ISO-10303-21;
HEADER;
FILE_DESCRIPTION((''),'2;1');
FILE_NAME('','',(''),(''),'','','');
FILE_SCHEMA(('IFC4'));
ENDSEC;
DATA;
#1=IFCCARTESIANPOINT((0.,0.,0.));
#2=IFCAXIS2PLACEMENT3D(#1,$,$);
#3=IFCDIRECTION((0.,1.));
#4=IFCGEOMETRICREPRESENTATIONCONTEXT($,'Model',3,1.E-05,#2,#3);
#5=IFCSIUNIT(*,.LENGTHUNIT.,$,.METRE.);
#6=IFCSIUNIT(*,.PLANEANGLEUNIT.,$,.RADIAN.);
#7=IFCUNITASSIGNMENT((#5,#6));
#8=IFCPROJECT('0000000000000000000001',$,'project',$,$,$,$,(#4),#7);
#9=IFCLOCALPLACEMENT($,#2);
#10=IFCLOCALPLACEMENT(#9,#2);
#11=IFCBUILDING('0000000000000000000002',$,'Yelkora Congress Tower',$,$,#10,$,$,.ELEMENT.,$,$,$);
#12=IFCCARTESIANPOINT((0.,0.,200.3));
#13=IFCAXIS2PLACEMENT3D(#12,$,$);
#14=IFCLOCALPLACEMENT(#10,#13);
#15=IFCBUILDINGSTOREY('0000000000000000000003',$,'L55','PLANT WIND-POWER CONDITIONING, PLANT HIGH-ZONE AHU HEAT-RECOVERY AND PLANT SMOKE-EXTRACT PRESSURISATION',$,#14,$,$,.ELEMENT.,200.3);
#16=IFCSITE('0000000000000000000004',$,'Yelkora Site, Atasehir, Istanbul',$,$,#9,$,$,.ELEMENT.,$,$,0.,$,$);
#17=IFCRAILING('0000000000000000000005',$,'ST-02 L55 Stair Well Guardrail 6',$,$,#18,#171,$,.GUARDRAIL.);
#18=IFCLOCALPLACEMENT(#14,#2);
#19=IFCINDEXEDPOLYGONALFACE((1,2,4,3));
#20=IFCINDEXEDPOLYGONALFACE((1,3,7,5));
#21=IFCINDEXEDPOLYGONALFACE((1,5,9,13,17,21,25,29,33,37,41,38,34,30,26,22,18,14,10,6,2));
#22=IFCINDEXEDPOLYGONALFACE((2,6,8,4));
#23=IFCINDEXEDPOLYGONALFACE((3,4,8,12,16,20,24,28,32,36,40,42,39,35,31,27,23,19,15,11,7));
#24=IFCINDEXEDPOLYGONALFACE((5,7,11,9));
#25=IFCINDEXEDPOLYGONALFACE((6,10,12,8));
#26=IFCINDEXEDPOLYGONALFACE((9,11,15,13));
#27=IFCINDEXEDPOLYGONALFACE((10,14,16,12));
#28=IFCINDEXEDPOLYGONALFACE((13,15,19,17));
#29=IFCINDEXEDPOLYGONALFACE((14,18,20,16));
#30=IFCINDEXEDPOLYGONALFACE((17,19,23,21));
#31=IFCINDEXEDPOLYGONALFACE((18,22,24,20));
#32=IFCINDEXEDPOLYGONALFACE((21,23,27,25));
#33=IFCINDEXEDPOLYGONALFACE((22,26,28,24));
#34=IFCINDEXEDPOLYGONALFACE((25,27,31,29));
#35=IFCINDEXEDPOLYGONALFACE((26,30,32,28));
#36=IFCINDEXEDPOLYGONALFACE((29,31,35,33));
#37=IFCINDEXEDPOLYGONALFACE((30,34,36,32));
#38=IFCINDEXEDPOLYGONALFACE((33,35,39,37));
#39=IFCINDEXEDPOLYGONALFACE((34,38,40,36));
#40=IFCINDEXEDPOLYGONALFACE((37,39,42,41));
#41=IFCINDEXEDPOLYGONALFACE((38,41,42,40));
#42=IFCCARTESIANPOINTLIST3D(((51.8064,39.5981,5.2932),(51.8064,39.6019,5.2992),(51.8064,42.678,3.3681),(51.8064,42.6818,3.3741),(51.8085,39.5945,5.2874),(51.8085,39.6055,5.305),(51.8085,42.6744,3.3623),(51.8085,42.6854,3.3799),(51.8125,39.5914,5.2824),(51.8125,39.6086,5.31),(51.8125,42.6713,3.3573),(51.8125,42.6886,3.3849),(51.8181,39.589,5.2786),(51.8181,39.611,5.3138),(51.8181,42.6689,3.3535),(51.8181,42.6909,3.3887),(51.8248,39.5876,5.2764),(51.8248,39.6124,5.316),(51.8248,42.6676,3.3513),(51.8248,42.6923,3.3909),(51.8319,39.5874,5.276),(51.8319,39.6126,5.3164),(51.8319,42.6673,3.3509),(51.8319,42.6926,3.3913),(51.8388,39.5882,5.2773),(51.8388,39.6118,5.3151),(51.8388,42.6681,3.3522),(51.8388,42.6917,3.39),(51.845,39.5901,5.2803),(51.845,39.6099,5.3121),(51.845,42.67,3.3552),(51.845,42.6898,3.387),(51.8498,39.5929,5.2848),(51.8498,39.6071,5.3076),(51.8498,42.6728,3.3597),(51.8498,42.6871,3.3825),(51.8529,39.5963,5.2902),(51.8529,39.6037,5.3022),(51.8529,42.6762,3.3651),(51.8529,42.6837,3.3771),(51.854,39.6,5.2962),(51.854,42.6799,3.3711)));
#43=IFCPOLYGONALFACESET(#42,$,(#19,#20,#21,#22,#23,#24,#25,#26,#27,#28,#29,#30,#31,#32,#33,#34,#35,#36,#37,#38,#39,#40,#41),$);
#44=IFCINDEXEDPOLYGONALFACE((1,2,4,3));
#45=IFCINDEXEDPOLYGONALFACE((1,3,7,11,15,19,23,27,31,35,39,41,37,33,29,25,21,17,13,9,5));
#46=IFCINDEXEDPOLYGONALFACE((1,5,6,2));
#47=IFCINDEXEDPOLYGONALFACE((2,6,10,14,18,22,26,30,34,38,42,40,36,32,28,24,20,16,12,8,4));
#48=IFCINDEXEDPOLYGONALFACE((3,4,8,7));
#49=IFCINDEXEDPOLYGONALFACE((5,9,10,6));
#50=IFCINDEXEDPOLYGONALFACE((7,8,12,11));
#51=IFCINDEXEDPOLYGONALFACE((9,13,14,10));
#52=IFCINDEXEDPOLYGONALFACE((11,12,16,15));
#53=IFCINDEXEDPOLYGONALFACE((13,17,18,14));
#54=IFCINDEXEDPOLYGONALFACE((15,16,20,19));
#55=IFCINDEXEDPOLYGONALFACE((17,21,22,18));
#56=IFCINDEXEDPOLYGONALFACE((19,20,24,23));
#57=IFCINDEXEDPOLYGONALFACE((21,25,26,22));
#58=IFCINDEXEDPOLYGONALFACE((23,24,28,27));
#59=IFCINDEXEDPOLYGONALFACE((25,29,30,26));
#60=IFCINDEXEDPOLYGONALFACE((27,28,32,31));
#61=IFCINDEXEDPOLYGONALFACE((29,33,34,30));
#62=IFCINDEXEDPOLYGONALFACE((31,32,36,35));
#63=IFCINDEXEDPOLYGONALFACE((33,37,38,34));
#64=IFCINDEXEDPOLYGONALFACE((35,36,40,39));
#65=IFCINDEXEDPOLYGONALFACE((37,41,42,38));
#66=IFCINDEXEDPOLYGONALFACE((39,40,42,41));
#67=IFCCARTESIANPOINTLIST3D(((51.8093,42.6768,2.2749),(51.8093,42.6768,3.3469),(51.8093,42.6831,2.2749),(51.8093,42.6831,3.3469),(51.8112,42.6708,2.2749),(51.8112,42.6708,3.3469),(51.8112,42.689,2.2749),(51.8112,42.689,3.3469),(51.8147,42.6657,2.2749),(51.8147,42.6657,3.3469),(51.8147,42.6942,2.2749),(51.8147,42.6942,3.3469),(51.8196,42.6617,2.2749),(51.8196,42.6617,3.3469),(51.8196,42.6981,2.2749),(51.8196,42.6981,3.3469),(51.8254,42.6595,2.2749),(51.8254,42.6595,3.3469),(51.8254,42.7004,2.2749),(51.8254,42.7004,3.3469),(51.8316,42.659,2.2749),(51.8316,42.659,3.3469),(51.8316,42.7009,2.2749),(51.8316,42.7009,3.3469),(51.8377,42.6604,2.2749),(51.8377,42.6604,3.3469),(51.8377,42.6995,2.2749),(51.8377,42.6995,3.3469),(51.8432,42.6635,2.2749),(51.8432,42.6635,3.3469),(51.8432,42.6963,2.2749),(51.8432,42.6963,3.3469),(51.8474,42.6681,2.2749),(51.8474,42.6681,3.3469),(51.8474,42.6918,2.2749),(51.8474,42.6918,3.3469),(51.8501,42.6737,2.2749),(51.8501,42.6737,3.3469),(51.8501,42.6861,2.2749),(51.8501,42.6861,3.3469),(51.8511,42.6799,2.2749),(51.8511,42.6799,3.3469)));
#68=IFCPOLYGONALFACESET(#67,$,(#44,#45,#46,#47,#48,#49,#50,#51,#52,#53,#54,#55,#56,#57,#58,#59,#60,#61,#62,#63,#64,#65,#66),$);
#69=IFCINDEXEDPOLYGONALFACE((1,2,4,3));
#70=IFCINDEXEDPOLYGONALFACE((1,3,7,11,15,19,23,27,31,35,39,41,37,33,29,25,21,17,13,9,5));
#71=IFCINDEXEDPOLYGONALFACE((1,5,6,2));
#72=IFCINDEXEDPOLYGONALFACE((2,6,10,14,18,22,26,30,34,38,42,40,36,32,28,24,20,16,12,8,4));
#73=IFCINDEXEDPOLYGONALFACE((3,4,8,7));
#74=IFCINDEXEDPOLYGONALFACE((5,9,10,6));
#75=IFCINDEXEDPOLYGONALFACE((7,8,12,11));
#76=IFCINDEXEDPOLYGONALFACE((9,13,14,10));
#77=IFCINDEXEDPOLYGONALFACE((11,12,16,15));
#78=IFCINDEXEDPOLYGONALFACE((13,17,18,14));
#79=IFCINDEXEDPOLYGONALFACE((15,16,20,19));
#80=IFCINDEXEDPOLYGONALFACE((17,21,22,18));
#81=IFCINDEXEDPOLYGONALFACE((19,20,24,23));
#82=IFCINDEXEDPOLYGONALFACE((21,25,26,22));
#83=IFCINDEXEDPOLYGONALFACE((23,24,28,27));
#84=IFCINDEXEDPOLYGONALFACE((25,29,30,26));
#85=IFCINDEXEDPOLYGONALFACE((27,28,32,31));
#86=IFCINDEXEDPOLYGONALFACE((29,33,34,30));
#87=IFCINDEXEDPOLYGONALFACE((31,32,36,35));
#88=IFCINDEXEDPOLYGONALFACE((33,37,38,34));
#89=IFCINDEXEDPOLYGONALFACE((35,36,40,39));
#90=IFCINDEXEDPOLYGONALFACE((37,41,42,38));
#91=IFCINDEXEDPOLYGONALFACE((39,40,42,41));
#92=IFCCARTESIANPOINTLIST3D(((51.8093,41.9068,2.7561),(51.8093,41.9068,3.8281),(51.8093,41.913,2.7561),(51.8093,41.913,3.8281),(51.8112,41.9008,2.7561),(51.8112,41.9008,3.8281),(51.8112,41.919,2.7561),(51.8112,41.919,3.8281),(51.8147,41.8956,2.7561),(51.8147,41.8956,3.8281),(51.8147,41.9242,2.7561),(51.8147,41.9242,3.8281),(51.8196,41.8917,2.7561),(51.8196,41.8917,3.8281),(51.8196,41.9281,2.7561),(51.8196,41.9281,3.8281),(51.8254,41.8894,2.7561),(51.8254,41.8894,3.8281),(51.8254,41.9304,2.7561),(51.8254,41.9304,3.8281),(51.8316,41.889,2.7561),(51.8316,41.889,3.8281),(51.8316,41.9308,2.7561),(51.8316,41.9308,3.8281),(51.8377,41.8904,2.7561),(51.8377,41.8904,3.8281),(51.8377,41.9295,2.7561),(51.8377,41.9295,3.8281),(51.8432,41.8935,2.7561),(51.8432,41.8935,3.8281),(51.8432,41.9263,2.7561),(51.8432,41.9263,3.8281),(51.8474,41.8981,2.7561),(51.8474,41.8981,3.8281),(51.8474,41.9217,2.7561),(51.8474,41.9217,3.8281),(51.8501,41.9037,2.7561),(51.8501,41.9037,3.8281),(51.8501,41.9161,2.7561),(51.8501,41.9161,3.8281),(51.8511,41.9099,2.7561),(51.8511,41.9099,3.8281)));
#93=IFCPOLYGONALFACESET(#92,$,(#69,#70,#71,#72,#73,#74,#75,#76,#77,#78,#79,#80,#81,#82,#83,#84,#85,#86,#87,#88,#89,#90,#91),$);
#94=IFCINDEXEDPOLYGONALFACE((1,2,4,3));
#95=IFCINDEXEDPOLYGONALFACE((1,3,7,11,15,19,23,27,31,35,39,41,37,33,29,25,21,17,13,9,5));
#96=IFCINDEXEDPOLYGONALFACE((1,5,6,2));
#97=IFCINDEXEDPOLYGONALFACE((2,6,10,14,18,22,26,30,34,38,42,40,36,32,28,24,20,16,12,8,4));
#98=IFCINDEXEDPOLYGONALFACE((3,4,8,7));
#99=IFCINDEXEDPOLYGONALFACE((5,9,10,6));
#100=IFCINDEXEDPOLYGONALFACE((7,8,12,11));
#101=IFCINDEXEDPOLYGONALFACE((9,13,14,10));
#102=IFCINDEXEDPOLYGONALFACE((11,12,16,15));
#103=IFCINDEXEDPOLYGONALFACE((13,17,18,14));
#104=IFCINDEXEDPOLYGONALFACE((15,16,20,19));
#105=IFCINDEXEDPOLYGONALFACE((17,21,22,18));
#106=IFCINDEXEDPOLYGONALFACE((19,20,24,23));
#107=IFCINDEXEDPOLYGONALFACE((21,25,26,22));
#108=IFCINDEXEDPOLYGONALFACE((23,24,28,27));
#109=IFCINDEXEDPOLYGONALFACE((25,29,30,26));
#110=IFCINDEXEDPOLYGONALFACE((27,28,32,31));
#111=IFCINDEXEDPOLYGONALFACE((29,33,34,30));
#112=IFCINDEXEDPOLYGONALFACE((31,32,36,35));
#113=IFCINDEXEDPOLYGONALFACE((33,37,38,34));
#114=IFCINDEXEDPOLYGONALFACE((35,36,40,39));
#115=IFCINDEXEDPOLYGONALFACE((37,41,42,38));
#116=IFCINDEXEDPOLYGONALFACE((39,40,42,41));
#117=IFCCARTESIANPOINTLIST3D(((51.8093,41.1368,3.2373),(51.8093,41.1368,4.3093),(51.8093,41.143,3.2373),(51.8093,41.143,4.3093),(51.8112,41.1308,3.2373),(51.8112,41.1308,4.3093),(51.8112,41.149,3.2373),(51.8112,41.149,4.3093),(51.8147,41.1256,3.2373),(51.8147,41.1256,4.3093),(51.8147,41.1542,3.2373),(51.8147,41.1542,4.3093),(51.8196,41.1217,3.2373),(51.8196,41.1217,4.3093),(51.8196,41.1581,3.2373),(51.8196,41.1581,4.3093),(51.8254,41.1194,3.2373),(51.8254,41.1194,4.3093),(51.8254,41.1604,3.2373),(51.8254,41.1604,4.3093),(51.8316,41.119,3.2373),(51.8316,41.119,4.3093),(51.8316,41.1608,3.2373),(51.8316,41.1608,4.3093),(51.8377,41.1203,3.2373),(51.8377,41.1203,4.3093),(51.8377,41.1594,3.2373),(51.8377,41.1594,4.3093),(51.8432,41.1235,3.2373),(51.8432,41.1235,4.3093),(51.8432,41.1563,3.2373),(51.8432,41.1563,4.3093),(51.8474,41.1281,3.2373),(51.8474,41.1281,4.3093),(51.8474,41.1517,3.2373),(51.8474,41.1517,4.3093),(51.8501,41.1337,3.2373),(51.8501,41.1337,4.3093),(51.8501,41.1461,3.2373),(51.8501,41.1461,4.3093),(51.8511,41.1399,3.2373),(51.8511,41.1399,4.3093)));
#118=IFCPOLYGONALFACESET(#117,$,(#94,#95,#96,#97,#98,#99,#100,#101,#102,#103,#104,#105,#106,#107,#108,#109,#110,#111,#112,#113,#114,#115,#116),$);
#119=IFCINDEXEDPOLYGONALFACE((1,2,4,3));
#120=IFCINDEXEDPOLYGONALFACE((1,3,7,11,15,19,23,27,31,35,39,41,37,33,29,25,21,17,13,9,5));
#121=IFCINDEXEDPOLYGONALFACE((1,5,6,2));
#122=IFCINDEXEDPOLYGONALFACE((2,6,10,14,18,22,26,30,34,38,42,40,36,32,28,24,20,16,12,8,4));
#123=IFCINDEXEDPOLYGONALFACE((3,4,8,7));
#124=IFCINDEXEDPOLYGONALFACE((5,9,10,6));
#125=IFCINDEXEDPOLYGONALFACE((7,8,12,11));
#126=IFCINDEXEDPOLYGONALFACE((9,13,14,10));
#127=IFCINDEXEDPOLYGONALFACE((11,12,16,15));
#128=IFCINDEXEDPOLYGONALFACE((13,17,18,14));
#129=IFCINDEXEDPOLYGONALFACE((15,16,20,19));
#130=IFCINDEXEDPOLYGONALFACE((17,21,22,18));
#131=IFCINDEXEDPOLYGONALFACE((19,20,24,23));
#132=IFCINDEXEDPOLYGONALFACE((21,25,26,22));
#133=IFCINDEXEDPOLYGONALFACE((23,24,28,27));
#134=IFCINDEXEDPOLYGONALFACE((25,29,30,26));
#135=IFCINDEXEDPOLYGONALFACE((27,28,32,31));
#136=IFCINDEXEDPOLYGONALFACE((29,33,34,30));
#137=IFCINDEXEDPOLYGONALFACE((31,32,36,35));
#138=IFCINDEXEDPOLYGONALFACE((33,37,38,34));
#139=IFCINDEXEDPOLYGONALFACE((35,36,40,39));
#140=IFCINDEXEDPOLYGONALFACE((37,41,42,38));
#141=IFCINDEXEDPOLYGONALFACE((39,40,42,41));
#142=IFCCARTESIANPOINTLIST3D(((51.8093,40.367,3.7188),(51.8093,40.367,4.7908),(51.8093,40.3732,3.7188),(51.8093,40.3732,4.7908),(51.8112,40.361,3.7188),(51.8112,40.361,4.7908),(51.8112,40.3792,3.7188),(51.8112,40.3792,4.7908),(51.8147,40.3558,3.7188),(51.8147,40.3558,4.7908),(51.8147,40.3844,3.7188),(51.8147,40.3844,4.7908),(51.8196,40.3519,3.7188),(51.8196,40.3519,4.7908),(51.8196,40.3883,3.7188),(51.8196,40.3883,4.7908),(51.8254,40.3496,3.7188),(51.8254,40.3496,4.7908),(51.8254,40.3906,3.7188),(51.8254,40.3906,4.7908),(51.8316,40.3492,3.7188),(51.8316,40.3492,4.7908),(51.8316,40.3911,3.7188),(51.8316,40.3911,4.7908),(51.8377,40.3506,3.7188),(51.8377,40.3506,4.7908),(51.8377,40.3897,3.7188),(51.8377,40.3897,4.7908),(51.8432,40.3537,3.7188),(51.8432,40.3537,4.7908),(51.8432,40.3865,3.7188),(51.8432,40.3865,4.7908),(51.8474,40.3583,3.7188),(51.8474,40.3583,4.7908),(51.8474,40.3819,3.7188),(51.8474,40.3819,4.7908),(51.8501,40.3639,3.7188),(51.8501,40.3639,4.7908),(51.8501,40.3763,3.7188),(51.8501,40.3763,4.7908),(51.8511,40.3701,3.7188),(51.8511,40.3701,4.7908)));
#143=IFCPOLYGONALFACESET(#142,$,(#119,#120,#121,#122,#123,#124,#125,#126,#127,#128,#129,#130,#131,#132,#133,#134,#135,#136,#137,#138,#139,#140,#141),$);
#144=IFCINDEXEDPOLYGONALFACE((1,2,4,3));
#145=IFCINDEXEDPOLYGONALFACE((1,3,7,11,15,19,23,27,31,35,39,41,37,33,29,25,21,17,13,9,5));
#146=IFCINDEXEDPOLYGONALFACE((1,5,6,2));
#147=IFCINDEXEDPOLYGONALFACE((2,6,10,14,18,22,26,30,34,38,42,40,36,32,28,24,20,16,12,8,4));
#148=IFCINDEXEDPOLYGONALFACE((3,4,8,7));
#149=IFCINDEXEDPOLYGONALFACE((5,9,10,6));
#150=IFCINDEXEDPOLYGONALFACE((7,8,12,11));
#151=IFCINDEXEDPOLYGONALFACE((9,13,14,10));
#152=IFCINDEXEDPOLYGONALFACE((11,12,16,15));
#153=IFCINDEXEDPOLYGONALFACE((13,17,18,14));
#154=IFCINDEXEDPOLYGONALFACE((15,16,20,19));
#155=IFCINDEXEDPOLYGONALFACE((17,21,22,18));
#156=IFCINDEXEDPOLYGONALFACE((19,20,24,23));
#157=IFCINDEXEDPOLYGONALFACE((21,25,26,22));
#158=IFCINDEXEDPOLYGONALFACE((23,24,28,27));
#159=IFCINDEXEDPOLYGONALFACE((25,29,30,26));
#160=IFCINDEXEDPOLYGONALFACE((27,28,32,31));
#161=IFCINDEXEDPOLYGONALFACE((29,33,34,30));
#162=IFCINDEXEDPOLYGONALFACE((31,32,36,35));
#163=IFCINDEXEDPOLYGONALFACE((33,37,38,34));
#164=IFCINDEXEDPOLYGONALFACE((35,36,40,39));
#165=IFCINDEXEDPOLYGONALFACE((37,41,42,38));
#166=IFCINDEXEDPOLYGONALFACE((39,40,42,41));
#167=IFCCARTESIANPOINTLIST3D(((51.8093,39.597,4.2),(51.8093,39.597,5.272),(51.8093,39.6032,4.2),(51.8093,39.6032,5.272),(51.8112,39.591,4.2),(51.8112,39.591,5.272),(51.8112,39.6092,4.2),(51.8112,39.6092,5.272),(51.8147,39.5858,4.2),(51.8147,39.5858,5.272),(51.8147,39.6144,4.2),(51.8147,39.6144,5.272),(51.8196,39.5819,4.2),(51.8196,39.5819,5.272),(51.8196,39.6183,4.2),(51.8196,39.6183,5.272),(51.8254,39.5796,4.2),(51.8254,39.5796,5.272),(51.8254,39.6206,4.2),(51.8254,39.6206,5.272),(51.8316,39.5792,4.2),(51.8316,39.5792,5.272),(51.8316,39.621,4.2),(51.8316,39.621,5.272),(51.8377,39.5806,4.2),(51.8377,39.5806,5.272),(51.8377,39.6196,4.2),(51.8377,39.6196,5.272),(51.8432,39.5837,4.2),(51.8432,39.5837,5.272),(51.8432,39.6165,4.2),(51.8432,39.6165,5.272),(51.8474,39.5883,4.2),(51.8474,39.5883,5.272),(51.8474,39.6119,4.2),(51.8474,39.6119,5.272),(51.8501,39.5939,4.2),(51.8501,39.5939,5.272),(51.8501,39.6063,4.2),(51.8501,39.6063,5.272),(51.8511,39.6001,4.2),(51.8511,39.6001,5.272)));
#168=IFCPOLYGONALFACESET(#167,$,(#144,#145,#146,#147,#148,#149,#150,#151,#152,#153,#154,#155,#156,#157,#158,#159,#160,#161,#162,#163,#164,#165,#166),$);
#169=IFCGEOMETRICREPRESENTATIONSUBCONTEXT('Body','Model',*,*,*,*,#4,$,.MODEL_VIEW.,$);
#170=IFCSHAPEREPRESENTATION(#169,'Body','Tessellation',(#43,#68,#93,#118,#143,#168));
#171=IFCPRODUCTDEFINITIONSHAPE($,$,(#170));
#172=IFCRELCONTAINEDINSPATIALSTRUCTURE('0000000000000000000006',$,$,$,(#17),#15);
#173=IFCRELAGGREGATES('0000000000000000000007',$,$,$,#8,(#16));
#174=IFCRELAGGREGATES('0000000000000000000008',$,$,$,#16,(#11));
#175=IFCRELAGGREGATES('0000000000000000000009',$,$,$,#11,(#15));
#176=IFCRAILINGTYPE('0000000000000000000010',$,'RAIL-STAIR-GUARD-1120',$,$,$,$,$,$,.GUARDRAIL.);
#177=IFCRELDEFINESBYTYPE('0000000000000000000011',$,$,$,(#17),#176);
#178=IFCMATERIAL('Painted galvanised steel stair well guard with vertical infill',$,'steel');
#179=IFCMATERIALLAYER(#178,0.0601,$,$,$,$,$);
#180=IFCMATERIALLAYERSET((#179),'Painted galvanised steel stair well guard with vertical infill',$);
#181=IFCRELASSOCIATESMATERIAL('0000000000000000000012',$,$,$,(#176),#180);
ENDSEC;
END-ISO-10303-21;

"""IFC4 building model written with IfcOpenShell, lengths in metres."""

from ifc_helpers import new_model, si_unit, direction, frame, origin, origin_2d, place, context, subcontext, project, spatial, circle, extrude, material, layer, layer_set, type_object, element, save


model = new_model("IFC4")

# Units and contexts
model_context = context("Model", 3, precision=1e-05, world=origin(), true_north=direction((0.0, 1.0)))
body_context = subcontext(model_context, "Body", "Model", "MODEL_VIEW")
ifc_project = project(units=[si_unit("LENGTHUNIT", "METRE"), si_unit("PLANEANGLEUNIT", "RADIAN")], contexts=[model_context])

# Site, building, storey
site_placement = place(None, origin())
site = spatial("IfcSite", under=ifc_project, at=site_placement, Name="Yelkora Site, Atasehir, Istanbul", CompositionType="ELEMENT", RefElevation=0.0)
building_placement = place(site_placement, origin())
building = spatial("IfcBuilding", under=site, at=building_placement, Name="Yelkora Congress Tower", CompositionType="ELEMENT")
storey_placement = place(building_placement, frame((0.0, 0.0, 200.3)))
storey = spatial("IfcBuildingStorey", under=building, at=storey_placement, Name="L55", Description="PLANT WIND-POWER CONDITIONING, PLANT HIGH-ZONE AHU HEAT-RECOVERY AND PLANT SMOKE-EXTRACT PRESSURISATION", CompositionType="ELEMENT", Elevation=200.3)

# Railing
ifc_material_1 = material(Name="Painted galvanised steel stair well guard with vertical infill", Category="steel")
ifc_layer_1 = layer(ifc_material_1, 0.0601)
ifc_layer_set_1 = layer_set([ifc_layer_1], Name="Painted galvanised steel stair well guard with vertical infill")
railing_type_1 = type_object("IfcRailingType", Name="RAIL-STAIR-GUARD-1120", PredefinedType="GUARDRAIL", material=ifc_layer_set_1)
railing_1_placement = place(storey_placement, frame((51.8301, 42.6799, 2.2749)))
element("IfcRailing", 1, at=railing_1_placement, inside=storey, type_object=railing_type_1, Name="ST-02 L55 Stair Well Guardrail 6", PredefinedType="GUARDRAIL", context=body_context, shape_type="SweptSolid", body=[
    extrude(circle(Radius=0.0239, at=origin_2d()), frame((0.0, 0.0, 1.0962), z_axis=(0.0, -0.847979, 0.530029), x_axis=(1.0, 0.0, 0.0)), (0.0, 0.0, 1.0), 3.6321),
    extrude(circle(Radius=0.021, at=origin_2d()), origin(), (0.0, 0.0, 1.0), 1.072),
    extrude(circle(Radius=0.021, at=origin_2d()), frame((0.0, -0.77, 0.4812)), (0.0, 0.0, 1.0), 1.072),
    extrude(circle(Radius=0.021, at=origin_2d()), frame((0.0, -1.54, 0.9624)), (0.0, 0.0, 1.0), 1.072),
    extrude(circle(Radius=0.021, at=origin_2d()), frame((0.0, -2.3098, 1.4438)), (0.0, 0.0, 1.0), 1.072),
    extrude(circle(Radius=0.021, at=origin_2d()), frame((0.0, -3.0798, 1.925)), (0.0, 0.0, 1.0), 1.072),
])

save(model, "model.ifc")
